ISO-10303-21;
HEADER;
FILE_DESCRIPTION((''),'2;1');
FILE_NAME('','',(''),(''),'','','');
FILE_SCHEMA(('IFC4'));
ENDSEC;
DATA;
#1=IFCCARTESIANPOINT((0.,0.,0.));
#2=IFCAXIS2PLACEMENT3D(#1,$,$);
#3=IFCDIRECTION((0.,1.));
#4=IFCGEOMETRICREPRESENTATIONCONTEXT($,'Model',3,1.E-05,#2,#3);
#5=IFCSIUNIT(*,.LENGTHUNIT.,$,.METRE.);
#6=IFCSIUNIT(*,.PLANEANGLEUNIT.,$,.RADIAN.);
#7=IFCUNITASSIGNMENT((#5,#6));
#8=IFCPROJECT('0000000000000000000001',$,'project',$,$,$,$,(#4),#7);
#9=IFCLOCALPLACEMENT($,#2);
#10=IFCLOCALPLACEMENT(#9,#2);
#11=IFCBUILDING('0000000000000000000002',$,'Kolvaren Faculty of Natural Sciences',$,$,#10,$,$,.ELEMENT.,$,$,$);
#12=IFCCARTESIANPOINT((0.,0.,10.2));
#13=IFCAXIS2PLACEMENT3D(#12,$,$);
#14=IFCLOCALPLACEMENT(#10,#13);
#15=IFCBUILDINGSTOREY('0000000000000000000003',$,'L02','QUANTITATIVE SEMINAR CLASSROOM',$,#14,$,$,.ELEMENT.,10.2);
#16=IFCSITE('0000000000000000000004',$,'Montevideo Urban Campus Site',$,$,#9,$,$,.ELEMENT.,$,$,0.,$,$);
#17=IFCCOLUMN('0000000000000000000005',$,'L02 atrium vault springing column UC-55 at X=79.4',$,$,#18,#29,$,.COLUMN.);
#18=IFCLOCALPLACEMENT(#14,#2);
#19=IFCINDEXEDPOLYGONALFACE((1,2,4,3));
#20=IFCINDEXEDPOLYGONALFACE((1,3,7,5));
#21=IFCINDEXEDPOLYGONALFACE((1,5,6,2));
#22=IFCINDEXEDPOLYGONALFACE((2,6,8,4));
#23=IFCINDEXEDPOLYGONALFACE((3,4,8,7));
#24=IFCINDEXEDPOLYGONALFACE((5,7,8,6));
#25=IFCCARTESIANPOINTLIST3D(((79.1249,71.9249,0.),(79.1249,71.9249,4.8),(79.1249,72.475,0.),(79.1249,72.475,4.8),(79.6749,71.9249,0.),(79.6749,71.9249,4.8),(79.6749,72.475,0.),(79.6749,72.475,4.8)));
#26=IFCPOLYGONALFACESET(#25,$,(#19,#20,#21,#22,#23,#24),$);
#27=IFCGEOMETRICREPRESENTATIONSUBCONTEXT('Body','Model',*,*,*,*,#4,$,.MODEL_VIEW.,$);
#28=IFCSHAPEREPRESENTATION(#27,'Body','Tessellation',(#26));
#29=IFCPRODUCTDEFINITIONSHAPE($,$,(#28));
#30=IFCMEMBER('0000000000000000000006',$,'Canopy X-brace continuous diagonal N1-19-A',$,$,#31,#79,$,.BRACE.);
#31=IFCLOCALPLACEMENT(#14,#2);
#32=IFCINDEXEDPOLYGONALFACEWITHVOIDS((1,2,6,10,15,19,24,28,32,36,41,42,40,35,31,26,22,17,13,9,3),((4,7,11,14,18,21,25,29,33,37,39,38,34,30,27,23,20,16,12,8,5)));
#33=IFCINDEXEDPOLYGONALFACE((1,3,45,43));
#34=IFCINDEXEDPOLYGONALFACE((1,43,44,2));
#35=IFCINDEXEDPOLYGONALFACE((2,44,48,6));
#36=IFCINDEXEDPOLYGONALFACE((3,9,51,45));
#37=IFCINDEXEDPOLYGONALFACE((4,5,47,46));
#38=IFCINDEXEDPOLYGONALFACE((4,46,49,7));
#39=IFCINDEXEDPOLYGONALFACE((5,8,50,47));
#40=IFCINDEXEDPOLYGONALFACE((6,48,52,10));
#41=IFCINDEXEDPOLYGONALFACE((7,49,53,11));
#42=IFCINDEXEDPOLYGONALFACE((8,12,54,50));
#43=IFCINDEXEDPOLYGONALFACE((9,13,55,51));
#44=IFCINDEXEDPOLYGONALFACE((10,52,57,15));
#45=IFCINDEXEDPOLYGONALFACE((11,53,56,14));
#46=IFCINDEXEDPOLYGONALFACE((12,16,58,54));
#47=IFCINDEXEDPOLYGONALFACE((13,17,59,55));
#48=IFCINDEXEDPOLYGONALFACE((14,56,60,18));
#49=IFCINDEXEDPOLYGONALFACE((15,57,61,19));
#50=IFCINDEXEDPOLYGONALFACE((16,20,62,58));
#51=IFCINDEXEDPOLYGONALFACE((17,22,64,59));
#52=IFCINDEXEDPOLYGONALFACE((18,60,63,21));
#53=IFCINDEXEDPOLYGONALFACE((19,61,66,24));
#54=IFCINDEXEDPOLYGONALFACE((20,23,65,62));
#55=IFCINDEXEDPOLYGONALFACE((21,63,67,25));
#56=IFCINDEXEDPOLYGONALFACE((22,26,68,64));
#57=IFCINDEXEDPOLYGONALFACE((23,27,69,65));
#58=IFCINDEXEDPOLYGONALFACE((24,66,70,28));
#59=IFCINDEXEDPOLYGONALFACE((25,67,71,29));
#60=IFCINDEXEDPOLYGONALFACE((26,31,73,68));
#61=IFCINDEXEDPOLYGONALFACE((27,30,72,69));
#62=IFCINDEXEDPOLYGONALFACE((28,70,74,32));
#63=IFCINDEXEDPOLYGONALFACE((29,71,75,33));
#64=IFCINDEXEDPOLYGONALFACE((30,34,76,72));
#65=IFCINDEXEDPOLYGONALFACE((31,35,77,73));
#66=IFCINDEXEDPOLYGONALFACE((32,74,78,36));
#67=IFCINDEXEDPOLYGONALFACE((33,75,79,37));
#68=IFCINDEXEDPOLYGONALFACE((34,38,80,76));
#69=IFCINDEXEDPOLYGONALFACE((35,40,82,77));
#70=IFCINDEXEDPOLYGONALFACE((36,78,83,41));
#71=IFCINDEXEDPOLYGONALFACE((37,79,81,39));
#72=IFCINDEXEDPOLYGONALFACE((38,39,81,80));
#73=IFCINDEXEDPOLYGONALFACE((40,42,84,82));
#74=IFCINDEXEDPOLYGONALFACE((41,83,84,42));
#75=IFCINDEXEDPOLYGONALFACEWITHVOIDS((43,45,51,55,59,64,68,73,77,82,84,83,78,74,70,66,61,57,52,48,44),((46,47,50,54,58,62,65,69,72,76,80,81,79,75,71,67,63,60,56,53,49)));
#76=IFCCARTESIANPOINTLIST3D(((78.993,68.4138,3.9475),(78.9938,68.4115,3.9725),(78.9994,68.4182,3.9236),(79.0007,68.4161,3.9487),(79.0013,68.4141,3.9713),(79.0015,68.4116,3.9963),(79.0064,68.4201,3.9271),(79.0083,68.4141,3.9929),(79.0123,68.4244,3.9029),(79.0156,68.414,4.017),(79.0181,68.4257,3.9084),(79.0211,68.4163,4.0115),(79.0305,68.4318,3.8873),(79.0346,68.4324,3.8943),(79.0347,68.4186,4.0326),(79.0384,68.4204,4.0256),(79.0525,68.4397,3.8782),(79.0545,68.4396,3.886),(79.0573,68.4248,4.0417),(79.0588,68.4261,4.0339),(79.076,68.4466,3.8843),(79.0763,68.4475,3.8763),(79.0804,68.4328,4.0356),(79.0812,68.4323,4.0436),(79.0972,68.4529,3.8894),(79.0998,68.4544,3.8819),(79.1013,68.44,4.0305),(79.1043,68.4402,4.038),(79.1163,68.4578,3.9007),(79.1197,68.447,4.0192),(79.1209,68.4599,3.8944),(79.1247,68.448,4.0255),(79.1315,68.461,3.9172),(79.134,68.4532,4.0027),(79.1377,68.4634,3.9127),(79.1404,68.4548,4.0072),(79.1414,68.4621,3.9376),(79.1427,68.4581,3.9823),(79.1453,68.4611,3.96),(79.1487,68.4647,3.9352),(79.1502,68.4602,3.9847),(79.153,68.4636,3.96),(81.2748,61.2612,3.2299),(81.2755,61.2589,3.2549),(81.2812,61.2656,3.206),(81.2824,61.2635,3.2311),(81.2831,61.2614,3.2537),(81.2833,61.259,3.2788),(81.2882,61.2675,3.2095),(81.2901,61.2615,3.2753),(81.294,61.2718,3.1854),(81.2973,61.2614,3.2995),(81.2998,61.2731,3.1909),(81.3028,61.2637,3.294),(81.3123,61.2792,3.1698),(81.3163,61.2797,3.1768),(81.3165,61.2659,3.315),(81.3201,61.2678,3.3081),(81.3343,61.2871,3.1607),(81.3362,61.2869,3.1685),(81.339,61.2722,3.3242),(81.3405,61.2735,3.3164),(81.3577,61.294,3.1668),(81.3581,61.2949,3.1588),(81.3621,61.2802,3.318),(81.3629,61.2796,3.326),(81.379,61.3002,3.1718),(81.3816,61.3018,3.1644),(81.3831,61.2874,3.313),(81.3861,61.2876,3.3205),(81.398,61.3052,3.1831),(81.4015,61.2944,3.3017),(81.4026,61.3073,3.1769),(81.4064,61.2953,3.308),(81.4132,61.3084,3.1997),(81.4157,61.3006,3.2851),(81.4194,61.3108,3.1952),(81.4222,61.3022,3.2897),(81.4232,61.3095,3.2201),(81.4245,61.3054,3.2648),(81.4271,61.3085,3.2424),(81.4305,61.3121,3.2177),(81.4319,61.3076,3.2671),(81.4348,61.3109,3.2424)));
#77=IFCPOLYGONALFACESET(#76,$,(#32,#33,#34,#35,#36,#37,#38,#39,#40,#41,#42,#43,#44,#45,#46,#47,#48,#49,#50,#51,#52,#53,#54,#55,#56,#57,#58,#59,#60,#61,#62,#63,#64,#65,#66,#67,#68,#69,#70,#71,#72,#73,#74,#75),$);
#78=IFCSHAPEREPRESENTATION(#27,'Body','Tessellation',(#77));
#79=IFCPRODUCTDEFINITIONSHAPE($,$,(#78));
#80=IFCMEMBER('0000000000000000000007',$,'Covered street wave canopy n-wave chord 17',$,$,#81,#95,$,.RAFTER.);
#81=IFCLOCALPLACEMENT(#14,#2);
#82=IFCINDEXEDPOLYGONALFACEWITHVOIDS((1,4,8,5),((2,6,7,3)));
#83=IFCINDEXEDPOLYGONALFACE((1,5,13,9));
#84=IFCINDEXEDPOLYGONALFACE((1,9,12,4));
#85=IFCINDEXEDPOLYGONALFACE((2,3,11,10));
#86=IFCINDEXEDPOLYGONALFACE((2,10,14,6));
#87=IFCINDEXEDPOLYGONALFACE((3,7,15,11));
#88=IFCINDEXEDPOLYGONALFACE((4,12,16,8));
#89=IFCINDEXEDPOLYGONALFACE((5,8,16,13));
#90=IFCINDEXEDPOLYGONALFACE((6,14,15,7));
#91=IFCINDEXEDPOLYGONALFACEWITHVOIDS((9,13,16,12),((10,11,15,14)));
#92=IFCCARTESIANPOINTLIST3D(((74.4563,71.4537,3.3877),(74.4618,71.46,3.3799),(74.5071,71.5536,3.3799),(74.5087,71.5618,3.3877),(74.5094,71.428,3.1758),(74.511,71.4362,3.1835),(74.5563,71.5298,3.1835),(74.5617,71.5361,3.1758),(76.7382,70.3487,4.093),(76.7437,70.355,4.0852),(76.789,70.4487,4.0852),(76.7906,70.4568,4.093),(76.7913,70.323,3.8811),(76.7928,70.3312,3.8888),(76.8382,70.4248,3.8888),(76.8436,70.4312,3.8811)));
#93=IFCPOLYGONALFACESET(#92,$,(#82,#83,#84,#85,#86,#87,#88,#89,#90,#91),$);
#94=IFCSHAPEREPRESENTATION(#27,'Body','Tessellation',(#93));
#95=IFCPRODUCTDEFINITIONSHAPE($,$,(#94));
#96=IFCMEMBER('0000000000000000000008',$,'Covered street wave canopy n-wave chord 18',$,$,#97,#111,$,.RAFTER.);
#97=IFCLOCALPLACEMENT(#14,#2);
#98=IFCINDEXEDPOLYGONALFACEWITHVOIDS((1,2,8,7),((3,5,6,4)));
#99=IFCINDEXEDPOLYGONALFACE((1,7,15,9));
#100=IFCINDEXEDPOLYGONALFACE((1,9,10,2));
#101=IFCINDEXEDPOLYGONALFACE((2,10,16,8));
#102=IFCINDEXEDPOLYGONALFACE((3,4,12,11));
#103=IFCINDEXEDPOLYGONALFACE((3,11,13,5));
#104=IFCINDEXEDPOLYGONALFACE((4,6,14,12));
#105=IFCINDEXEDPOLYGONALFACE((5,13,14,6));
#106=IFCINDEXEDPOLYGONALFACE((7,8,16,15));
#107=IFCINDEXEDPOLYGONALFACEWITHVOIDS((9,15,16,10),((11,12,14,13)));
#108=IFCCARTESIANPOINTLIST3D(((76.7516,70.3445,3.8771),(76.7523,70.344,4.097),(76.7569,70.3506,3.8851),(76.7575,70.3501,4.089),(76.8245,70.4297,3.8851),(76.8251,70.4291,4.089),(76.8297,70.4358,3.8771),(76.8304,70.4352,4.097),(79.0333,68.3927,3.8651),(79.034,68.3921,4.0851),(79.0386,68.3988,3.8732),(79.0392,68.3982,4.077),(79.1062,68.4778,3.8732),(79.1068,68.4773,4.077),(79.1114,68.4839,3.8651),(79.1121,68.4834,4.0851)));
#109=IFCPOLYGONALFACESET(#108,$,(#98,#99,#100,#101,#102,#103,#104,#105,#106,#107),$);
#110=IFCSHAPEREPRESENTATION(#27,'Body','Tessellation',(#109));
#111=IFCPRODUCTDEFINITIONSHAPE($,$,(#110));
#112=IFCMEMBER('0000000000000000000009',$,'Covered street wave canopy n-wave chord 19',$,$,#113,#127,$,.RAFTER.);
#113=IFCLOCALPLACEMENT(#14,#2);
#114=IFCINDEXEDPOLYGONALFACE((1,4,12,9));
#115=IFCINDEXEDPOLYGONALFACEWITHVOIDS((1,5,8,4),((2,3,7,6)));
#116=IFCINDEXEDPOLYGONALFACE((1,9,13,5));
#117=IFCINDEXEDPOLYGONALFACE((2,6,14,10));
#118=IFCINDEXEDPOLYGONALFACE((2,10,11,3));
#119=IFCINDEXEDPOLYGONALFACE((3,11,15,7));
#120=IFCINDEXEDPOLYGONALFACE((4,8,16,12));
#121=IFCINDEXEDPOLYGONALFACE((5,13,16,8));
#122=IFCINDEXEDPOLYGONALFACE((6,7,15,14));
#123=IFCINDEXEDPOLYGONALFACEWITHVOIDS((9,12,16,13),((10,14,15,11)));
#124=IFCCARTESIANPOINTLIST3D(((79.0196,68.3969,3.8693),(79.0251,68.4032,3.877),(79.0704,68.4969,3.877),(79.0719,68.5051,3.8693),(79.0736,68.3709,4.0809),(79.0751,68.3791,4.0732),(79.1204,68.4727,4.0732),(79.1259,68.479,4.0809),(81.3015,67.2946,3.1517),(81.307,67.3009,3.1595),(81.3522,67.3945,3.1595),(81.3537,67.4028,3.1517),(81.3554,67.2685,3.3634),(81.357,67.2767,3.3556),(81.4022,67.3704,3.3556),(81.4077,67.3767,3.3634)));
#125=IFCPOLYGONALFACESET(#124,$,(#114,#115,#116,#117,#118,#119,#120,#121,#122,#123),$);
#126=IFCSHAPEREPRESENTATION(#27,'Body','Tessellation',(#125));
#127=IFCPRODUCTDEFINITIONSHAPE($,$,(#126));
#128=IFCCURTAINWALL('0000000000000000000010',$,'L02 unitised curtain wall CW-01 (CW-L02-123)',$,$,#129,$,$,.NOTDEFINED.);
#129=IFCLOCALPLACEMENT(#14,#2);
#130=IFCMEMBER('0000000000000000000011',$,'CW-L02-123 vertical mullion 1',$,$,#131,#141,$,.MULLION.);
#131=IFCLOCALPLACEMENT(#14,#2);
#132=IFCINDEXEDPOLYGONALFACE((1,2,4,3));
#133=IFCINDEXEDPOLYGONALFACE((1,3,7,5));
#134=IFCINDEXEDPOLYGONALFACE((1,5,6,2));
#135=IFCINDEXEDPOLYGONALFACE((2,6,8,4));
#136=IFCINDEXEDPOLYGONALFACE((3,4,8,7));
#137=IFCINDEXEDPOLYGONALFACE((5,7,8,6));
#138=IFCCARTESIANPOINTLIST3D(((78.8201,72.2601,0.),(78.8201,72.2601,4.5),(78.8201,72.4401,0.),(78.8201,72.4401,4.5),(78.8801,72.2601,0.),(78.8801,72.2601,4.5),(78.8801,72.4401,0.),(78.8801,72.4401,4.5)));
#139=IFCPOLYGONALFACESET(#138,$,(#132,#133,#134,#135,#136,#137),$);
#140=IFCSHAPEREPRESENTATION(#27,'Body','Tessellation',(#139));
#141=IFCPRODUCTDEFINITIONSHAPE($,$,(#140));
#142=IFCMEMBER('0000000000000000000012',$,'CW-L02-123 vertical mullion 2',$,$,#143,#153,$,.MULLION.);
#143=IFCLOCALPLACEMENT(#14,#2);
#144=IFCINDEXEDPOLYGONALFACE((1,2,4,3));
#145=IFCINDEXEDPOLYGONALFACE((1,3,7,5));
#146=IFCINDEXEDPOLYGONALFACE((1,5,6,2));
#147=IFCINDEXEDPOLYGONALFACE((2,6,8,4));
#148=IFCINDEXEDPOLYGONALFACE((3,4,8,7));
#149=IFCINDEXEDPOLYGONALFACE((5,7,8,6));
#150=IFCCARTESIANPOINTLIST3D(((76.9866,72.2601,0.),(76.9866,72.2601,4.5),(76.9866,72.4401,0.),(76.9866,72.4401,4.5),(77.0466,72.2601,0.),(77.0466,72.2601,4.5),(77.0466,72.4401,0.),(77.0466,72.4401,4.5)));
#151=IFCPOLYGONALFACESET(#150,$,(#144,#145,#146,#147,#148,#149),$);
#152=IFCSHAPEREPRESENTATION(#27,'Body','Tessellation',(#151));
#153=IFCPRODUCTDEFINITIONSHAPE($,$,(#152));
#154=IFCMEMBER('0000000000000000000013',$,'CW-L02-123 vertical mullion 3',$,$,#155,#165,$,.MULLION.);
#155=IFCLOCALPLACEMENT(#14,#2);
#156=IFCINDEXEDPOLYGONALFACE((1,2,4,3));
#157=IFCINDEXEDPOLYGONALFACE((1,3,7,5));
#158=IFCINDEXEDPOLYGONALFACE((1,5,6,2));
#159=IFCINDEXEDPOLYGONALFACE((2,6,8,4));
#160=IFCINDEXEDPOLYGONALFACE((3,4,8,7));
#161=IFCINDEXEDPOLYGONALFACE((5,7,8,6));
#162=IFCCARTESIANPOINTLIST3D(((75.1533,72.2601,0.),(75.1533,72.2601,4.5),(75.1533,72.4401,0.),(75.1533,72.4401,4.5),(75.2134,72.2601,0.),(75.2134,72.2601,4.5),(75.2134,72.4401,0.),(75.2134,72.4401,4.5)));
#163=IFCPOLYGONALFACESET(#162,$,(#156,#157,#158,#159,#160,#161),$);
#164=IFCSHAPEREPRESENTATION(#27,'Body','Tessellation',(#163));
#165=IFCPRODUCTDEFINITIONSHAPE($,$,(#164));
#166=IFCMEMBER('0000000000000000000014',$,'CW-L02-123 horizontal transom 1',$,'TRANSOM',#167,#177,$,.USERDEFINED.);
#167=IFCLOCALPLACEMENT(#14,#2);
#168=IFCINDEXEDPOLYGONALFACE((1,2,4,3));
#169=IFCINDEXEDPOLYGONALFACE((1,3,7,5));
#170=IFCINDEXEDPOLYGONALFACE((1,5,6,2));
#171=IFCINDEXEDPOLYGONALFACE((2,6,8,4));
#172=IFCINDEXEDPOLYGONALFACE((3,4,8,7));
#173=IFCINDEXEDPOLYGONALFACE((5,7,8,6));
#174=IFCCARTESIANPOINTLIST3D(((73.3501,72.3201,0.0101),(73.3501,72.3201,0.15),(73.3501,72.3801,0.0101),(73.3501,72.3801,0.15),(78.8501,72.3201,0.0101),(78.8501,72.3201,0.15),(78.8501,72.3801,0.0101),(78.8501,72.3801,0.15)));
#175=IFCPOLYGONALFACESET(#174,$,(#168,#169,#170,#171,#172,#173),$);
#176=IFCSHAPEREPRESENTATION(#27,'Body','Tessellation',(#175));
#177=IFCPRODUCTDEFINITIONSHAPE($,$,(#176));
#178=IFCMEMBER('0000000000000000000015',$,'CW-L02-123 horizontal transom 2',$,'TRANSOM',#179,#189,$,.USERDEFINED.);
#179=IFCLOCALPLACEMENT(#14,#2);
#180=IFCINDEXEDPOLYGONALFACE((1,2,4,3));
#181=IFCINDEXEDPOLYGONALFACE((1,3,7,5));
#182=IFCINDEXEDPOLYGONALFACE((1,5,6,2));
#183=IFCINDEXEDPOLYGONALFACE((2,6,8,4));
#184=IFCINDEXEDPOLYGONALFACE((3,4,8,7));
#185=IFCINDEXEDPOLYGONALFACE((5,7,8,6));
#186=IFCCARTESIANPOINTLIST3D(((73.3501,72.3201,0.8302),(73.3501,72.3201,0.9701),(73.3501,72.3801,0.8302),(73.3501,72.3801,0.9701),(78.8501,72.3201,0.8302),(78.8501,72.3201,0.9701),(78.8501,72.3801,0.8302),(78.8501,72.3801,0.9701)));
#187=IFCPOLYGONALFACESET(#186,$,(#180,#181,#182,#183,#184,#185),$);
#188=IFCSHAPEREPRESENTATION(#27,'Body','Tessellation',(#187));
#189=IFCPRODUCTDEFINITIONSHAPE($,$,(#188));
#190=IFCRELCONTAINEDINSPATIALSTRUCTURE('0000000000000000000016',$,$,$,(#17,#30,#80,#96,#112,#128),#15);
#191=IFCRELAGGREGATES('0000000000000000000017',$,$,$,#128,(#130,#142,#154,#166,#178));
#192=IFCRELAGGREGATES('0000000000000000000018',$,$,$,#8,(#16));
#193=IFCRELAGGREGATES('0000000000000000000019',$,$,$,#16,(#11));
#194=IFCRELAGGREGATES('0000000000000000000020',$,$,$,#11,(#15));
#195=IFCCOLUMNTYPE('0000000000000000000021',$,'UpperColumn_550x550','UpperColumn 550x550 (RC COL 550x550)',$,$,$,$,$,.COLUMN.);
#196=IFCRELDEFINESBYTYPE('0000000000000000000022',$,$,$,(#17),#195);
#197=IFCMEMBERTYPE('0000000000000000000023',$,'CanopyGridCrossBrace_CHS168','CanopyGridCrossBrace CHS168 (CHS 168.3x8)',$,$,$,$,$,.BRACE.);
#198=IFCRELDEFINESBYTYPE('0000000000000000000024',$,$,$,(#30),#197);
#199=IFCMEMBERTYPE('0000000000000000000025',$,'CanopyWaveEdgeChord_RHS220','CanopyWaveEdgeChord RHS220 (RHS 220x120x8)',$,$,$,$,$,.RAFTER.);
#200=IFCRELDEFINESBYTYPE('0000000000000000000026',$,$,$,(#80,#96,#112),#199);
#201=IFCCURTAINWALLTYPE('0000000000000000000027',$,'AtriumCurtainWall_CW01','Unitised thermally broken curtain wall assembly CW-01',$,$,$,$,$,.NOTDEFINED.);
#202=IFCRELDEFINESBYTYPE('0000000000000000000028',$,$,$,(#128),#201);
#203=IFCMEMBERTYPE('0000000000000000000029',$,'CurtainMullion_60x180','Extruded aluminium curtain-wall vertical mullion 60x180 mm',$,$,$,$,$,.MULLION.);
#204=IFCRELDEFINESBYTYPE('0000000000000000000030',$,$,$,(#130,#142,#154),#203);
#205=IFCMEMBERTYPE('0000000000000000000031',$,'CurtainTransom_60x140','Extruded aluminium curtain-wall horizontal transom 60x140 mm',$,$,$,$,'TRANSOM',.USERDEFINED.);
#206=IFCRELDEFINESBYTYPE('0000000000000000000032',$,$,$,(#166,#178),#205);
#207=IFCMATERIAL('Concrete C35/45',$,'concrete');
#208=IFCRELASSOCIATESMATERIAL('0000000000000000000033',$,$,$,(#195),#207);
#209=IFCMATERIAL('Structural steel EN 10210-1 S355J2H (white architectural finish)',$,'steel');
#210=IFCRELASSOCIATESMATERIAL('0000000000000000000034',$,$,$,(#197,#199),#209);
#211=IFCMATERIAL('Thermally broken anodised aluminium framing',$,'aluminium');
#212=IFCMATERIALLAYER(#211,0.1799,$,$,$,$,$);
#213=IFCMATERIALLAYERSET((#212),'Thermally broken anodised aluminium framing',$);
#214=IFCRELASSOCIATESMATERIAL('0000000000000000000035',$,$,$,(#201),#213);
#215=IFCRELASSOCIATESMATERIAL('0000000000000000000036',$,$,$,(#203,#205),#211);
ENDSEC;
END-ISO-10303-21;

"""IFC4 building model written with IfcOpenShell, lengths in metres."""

from ifc_helpers import new_model, si_unit, direction, frame, origin, origin_2d, place, context, subcontext, project, spatial, rectangle, hollow_rectangle, hollow_circle, extrude, material, layer, layer_set, material_profile, profile_set, type_object, element, aggregate, save


model = new_model("IFC4")

# Units and contexts
model_context = context("Model", 3, precision=1e-05, world=origin(), true_north=direction((0.0, 1.0)))
body_context = subcontext(model_context, "Body", "Model", "MODEL_VIEW")
ifc_project = project(units=[si_unit("LENGTHUNIT", "METRE"), si_unit("PLANEANGLEUNIT", "RADIAN")], contexts=[model_context])

# Site, building, storey
site_placement = place(None, origin())
site = spatial("IfcSite", under=ifc_project, at=site_placement, Name="Montevideo Urban Campus Site", CompositionType="ELEMENT", RefElevation=0.0)
building_placement = place(site_placement, origin())
building = spatial("IfcBuilding", under=site, at=building_placement, Name="Kolvaren Faculty of Natural Sciences", CompositionType="ELEMENT")
storey_placement = place(building_placement, frame((0.0, 0.0, 10.2)))
storey = spatial("IfcBuildingStorey", under=building, at=storey_placement, Name="L02", Description="QUANTITATIVE SEMINAR CLASSROOM", CompositionType="ELEMENT", Elevation=10.2)

# Column
ifc_material_1 = material(Name="Concrete C35/45", Category="concrete")
ifc_material_profile_1 = material_profile(ifc_material_1, rectangle(XDim=0.55, YDim=0.55, at=origin_2d()), Name="RC COL 550x550")
ifc_profile_set_1 = profile_set([ifc_material_profile_1], Name="Concrete C35/45")
column_type = type_object("IfcColumnType", Name="UpperColumn_550x550", Description="UpperColumn 550x550 (RC COL 550x550)", PredefinedType="COLUMN", material=ifc_profile_set_1)
column_placement = place(storey_placement, frame((79.3999, 72.2, 0.0), z_axis=(0.0, 0.0, 1.0), x_axis=(1.0, 0.0, 0.0)))
element("IfcColumn", 1, at=column_placement, inside=storey, type_object=column_type, Name="L02 atrium vault springing column UC-55 at X=79.4", PredefinedType="COLUMN", context=body_context, shape_type="SweptSolid", body=[
    extrude(rectangle(XDim=0.55, YDim=0.55, at=origin_2d()), origin(), (0.0, 0.0, 1.0), 4.8),
])

# Members
ifc_material_2 = material(Name="Structural steel EN 10210-1 S355J2H (white architectural finish)", Category="steel")
ifc_material_profile_2 = material_profile(ifc_material_2, hollow_circle(Radius=0.0842, WallThickness=0.0081, at=origin_2d()), Name="CHS 168.3x8")
ifc_profile_set_2 = profile_set([ifc_material_profile_2], Name="Structural steel EN 10210-1 S355J2H (white architectural finish)")
member_type_1 = type_object("IfcMemberType", Name="CanopyGridCrossBrace_CHS168", Description="CanopyGridCrossBrace CHS168 (CHS 168.3x8)", PredefinedType="BRACE", material=ifc_profile_set_2)
member_1_placement = place(storey_placement, frame((79.0728, 68.438, 3.96), z_axis=(0.30254, -0.948376, -0.095139), x_axis=(0.952698, 0.303919, 0.0)))
element("IfcMember", 2, at=member_1_placement, inside=storey, type_object=member_type_1, Name="Canopy X-brace continuous diagonal N1-19-A", PredefinedType="BRACE", context=body_context, shape_type="SweptSolid", body=[
    extrude(hollow_circle(Radius=0.0842, WallThickness=0.0081, at=origin_2d()), origin(), (0.0, 0.0, 1.0), 7.542),
])
ifc_material_profile_3 = material_profile(ifc_material_2, hollow_rectangle(XDim=0.1201, YDim=0.22, WallThickness=0.0081, at=origin_2d()), Name="RHS 220x120x8")
ifc_profile_set_3 = profile_set([ifc_material_profile_3], Name="Structural steel EN 10210-1 S355J2H (white architectural finish)")
member_type_2 = type_object("IfcMemberType", Name="CanopyWaveEdgeChord_RHS220", Description="CanopyWaveEdgeChord RHS220 (RHS 220x120x8)", PredefinedType="RAFTER", material=ifc_profile_set_3)
member_2_placement = place(storey_placement, frame((74.509, 71.4949, 3.2817), z_axis=(0.86711, -0.419871, 0.268009), x_axis=(0.435815, 0.900036, 0.0)))
element("IfcMember", 3, at=member_2_placement, inside=storey, type_object=member_type_2, Name="Covered street wave canopy n-wave chord 17", PredefinedType="RAFTER", context=body_context, shape_type="SweptSolid", body=[
    extrude(hollow_rectangle(XDim=0.1201, YDim=0.22, WallThickness=0.0081, at=origin_2d()), origin(), (0.0, 0.0, 1.0), 2.6316),
])
member_3_placement = place(storey_placement, frame((76.791, 70.3899, 3.9871), z_axis=(0.759887, -0.650043, -0.003984), x_axis=(0.650048, 0.759893, 0.0)))
element("IfcMember", 4, at=member_3_placement, inside=storey, type_object=member_type_2, Name="Covered street wave canopy n-wave chord 18", PredefinedType="RAFTER", context=body_context, shape_type="SweptSolid", body=[
    extrude(hollow_rectangle(XDim=0.1201, YDim=0.22, WallThickness=0.0081, at=origin_2d()), origin(), (0.0, 0.0, 1.0), 3.0027),
])
member_4_placement = place(storey_placement, frame((79.0728, 68.438, 3.9751), z_axis=(0.866371, -0.418539, -0.272444), x_axis=(0.434994, 0.900433, 0.0)))
element("IfcMember", 5, at=member_4_placement, inside=storey, type_object=member_type_2, Name="Covered street wave canopy n-wave chord 19", PredefinedType="RAFTER", context=body_context, shape_type="SweptSolid", body=[
    extrude(hollow_rectangle(XDim=0.1201, YDim=0.22, WallThickness=0.0081, at=origin_2d()), origin(), (0.0, 0.0, 1.0), 2.6338),
])

# Curtain wall, members
ifc_material_3 = material(Name="Thermally broken anodised aluminium framing", Category="aluminium")
ifc_layer_1 = layer(ifc_material_3, 0.1799)
ifc_layer_set_1 = layer_set([ifc_layer_1], Name="Thermally broken anodised aluminium framing")
curtain_wall_type = type_object("IfcCurtainWallType", Name="AtriumCurtainWall_CW01", Description="Unitised thermally broken curtain wall assembly CW-01", PredefinedType="NOTDEFINED", material=ifc_layer_set_1)
curtain_wall_placement = place(storey_placement, origin())
curtain_wall = element("IfcCurtainWall", 6, at=curtain_wall_placement, inside=storey, type_object=curtain_wall_type, Name="L02 unitised curtain wall CW-01 (CW-L02-123)", PredefinedType="NOTDEFINED")
ifc_material_profile_4 = material_profile(ifc_material_3, rectangle(XDim=0.0601, YDim=0.1799, at=origin_2d()), Name="ALU MUL 60x180")
ifc_profile_set_4 = profile_set([ifc_material_profile_4], Name="Thermally broken anodised aluminium framing")
member_type_3 = type_object("IfcMemberType", Name="CurtainMullion_60x180", Description="Extruded aluminium curtain-wall vertical mullion 60x180 mm", PredefinedType="MULLION", material=ifc_profile_set_4)
member_5_placement = place(storey_placement, frame((78.8501, 72.3501, 0.0), z_axis=(0.0, 0.0, 1.0), x_axis=(-1.0, 0.0, 0.0)))
member_5 = element("IfcMember", 7, at=member_5_placement, type_object=member_type_3, Name="CW-L02-123 vertical mullion 1", PredefinedType="MULLION", context=body_context, shape_type="SweptSolid", body=[
    extrude(rectangle(XDim=0.0601, YDim=0.1799, at=origin_2d()), origin(), (0.0, 0.0, 1.0), 4.5),
])
member_6_placement = place(storey_placement, frame((77.0166, 72.3501, 0.0), z_axis=(0.0, 0.0, 1.0), x_axis=(-1.0, 0.0, 0.0)))
member_6 = element("IfcMember", 8, at=member_6_placement, type_object=member_type_3, Name="CW-L02-123 vertical mullion 2", PredefinedType="MULLION", context=body_context, shape_type="SweptSolid", body=[
    extrude(rectangle(XDim=0.0601, YDim=0.1799, at=origin_2d()), origin(), (0.0, 0.0, 1.0), 4.5),
])
member_7_placement = place(storey_placement, frame((75.1833, 72.3501, 0.0), z_axis=(0.0, 0.0, 1.0), x_axis=(-1.0, 0.0, 0.0)))
member_7 = element("IfcMember", 9, at=member_7_placement, type_object=member_type_3, Name="CW-L02-123 vertical mullion 3", PredefinedType="MULLION", context=body_context, shape_type="SweptSolid", body=[
    extrude(rectangle(XDim=0.0601, YDim=0.1799, at=origin_2d()), origin(), (0.0, 0.0, 1.0), 4.5),
])
ifc_material_profile_5 = material_profile(ifc_material_3, rectangle(XDim=0.0601, YDim=0.1399, at=origin_2d()), Name="ALU TRN 60x140")
ifc_profile_set_5 = profile_set([ifc_material_profile_5], Name="Thermally broken anodised aluminium framing")
member_type_4 = type_object("IfcMemberType", Name="CurtainTransom_60x140", Description="Extruded aluminium curtain-wall horizontal transom 60x140 mm", ElementType="TRANSOM", PredefinedType="USERDEFINED", material=ifc_profile_set_5)
member_8_placement = place(storey_placement, frame((78.8501, 72.3501, 0.0801), z_axis=(-1.0, 0.0, 0.0), x_axis=(0.0, -1.0, 0.0)))
member_8 = element("IfcMember", 10, at=member_8_placement, type_object=member_type_4, Name="CW-L02-123 horizontal transom 1", ObjectType="TRANSOM", PredefinedType="USERDEFINED", context=body_context, shape_type="SweptSolid", body=[
    extrude(rectangle(XDim=0.0601, YDim=0.1399, at=origin_2d()), origin(), (0.0, 0.0, 1.0), 5.5),
])
member_9_placement = place(storey_placement, frame((78.8501, 72.3501, 0.9001), z_axis=(-1.0, 0.0, 0.0), x_axis=(0.0, -1.0, 0.0)))
member_9 = element("IfcMember", 11, at=member_9_placement, type_object=member_type_4, Name="CW-L02-123 horizontal transom 2", ObjectType="TRANSOM", PredefinedType="USERDEFINED", context=body_context, shape_type="SweptSolid", body=[
    extrude(rectangle(XDim=0.0601, YDim=0.1399, at=origin_2d()), origin(), (0.0, 0.0, 1.0), 5.5),
])

aggregate(curtain_wall, [member_5, member_6, member_7, member_8, member_9])

save(model, "model.ifc")
